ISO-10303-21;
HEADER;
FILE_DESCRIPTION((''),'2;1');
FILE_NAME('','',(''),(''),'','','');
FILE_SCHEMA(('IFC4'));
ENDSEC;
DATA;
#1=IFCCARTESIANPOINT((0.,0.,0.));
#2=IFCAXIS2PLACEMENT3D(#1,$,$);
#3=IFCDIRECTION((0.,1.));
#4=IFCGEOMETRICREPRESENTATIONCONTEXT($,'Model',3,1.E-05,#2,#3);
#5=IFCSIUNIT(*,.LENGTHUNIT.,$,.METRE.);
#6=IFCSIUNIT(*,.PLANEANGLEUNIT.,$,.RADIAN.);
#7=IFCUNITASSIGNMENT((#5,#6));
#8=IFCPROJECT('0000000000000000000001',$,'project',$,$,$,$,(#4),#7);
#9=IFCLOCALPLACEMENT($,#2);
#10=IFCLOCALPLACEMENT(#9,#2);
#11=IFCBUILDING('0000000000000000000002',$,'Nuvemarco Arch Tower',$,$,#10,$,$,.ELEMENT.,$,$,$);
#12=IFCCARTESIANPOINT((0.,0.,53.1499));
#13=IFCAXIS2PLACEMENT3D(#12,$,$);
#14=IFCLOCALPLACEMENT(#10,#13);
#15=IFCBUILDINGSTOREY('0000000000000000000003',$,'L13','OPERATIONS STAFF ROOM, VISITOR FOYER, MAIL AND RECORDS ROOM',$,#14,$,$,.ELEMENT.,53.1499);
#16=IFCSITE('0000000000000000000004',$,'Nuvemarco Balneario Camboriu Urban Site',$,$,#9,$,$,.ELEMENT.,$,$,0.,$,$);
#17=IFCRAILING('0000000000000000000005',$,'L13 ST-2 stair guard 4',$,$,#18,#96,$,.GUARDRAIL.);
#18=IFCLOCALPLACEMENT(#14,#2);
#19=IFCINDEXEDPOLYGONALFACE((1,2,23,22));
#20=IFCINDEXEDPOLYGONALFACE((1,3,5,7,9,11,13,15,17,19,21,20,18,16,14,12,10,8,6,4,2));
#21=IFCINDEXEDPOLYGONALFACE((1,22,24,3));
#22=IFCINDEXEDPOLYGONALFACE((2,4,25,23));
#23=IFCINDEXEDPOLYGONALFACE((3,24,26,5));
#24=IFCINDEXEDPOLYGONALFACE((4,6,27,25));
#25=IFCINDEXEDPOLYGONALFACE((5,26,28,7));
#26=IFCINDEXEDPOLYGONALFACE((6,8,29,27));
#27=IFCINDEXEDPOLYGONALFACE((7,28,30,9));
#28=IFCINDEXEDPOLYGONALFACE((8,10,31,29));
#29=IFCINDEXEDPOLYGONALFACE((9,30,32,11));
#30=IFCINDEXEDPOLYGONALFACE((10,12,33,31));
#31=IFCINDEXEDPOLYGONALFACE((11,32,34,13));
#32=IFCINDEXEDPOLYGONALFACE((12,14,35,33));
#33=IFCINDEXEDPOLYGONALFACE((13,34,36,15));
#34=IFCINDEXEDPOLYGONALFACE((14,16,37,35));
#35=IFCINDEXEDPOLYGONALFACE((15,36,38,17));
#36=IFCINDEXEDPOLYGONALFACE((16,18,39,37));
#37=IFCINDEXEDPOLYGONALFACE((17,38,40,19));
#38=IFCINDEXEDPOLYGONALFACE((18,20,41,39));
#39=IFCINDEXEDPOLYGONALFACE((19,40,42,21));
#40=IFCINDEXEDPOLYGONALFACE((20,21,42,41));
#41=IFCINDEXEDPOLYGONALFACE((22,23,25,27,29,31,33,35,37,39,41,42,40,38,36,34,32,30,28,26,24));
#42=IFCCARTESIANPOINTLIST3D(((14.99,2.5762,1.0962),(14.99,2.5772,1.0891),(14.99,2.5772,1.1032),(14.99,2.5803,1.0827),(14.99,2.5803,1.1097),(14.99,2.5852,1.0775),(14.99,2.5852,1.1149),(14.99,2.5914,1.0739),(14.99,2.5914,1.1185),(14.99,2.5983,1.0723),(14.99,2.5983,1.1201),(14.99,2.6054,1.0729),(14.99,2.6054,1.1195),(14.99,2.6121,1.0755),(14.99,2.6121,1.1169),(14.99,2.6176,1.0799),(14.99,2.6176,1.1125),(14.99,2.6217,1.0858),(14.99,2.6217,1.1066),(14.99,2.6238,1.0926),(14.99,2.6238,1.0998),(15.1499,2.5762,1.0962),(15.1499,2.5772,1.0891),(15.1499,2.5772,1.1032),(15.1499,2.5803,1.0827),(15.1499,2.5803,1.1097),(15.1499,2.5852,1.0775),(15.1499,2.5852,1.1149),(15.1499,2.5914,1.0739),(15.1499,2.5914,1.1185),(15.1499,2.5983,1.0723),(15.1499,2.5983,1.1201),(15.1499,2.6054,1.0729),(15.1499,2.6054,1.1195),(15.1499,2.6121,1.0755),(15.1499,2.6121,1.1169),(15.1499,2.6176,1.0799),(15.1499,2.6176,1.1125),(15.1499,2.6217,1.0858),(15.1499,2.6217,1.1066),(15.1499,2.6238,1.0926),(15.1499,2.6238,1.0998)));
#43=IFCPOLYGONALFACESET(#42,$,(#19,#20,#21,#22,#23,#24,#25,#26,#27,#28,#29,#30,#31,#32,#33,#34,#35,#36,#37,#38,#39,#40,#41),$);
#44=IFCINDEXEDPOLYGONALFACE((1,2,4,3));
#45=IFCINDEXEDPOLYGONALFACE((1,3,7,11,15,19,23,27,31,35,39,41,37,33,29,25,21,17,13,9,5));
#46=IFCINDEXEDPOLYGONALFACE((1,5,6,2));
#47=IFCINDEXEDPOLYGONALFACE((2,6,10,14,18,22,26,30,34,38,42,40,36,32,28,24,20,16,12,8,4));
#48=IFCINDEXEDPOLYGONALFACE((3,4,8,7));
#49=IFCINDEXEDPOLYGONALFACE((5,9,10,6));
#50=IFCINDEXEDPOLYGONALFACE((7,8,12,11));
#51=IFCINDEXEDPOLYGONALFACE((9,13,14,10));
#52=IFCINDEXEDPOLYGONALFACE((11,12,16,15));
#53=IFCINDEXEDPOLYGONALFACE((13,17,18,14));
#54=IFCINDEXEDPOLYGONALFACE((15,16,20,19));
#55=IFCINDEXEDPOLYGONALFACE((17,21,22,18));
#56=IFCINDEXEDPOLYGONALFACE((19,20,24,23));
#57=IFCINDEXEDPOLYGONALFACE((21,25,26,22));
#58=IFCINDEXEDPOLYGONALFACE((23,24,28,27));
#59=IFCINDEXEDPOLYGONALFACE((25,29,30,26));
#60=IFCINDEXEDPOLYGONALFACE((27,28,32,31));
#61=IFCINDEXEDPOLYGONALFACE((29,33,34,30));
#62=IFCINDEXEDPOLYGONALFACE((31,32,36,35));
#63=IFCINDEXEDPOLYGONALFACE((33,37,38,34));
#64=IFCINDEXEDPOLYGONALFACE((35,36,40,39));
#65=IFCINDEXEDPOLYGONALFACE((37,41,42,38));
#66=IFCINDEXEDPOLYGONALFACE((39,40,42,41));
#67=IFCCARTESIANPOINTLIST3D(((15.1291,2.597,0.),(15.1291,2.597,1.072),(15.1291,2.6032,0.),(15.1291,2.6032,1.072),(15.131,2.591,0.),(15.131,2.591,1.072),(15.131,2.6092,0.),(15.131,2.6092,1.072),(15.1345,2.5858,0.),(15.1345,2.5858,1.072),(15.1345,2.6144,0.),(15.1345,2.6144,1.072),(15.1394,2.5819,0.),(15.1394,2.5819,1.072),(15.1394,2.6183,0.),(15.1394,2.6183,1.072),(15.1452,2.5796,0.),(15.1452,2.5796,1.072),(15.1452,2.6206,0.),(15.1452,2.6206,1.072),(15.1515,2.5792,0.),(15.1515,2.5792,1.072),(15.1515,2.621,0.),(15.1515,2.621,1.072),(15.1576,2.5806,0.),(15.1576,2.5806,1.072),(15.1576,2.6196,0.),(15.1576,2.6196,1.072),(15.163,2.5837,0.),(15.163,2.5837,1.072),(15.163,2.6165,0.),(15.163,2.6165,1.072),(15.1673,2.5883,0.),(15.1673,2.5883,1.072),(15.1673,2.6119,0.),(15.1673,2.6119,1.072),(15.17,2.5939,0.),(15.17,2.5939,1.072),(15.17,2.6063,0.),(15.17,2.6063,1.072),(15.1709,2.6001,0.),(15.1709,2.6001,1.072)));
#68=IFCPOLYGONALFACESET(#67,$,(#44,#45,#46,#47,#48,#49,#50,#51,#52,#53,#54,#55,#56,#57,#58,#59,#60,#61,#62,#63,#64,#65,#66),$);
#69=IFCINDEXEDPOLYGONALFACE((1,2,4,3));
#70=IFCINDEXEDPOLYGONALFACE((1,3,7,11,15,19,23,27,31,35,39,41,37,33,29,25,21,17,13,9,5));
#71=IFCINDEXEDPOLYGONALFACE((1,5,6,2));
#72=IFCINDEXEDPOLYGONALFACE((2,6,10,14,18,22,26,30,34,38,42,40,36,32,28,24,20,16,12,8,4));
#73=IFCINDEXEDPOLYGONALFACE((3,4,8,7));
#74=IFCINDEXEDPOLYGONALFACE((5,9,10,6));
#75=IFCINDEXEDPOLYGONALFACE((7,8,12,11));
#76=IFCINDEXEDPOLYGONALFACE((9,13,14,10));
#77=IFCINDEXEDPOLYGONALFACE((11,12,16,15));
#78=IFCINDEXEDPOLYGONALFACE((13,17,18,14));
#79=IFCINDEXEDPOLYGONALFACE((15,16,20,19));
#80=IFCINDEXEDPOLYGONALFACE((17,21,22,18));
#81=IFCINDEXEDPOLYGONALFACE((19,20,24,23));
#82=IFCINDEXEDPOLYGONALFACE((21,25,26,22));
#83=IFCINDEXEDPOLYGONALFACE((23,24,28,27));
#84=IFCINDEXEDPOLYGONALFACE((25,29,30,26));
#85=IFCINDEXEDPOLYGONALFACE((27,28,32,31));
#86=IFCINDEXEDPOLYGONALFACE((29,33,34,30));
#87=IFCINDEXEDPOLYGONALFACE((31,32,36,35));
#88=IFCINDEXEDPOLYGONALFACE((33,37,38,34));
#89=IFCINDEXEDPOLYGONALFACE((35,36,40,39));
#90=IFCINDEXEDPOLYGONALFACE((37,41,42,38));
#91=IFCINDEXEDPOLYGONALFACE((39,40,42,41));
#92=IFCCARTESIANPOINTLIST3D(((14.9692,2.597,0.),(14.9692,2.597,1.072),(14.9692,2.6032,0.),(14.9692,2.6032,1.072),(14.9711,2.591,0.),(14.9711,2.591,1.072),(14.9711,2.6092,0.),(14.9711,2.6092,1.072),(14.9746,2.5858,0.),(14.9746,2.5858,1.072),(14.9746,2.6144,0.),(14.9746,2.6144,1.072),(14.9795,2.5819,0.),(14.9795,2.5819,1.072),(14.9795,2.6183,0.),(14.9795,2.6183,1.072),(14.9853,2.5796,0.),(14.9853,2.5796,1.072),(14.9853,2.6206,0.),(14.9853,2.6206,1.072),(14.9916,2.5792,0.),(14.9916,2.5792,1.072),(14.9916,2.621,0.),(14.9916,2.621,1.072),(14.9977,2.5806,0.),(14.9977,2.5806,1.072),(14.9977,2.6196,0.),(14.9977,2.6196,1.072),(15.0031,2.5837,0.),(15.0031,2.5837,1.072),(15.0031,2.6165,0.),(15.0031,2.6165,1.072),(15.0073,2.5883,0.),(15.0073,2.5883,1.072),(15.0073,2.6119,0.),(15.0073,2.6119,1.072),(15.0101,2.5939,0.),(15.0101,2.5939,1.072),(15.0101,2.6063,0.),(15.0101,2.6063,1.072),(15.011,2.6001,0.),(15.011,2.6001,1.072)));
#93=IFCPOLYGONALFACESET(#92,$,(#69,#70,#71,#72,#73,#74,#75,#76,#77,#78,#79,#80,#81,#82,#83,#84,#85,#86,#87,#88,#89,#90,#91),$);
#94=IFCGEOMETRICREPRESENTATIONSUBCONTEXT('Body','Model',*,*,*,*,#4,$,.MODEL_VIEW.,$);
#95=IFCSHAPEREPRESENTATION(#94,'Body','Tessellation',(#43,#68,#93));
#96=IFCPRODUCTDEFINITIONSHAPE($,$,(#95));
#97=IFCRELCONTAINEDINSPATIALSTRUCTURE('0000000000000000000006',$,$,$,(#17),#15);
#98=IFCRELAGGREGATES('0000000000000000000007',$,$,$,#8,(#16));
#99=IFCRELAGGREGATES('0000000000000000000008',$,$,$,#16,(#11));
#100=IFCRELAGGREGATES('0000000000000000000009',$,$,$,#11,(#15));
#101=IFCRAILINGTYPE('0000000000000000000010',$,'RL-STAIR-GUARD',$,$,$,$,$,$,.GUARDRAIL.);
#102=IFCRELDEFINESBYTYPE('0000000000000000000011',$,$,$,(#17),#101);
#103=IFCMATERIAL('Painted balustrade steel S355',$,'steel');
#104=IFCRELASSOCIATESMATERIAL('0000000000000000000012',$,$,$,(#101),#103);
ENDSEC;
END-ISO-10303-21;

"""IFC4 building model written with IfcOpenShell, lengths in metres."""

from ifc_helpers import new_model, si_unit, direction, frame, origin, origin_2d, place, context, subcontext, project, spatial, circle, extrude, material, type_object, element, save


model = new_model("IFC4")

# Units and contexts
model_context = context("Model", 3, precision=1e-05, world=origin(), true_north=direction((0.0, 1.0)))
body_context = subcontext(model_context, "Body", "Model", "MODEL_VIEW")
ifc_project = project(units=[si_unit("LENGTHUNIT", "METRE"), si_unit("PLANEANGLEUNIT", "RADIAN")], contexts=[model_context])

# Site, building, storey
site_placement = place(None, origin())
site = spatial("IfcSite", under=ifc_project, at=site_placement, Name="Nuvemarco Balneario Camboriu Urban Site", CompositionType="ELEMENT", RefElevation=0.0)
building_placement = place(site_placement, origin())
building = spatial("IfcBuilding", under=site, at=building_placement, Name="Nuvemarco Arch Tower", CompositionType="ELEMENT")
storey_placement = place(building_placement, frame((0.0, 0.0, 53.1499)))
storey = spatial("IfcBuildingStorey", under=building, at=storey_placement, Name="L13", Description="OPERATIONS STAFF ROOM, VISITOR FOYER, MAIL AND RECORDS ROOM", CompositionType="ELEMENT", Elevation=53.1499)

# Railing
ifc_material_1 = material(Name="Painted balustrade steel S355", Category="steel")
railing_type_1 = type_object("IfcRailingType", Name="RL-STAIR-GUARD", PredefinedType="GUARDRAIL", material=ifc_material_1)
railing_1_placement = place(storey_placement, frame((15.1499, 2.6001, 0.0)))
element("IfcRailing", 1, at=railing_1_placement, inside=storey, type_object=railing_type_1, Name="L13 ST-2 stair guard 4", PredefinedType="GUARDRAIL", context=body_context, shape_type="SweptSolid", body=[
    extrude(circle(Radius=0.0239, at=origin_2d()), frame((0.0, 0.0, 1.0962), z_axis=(-1.0, 0.0, 0.0), x_axis=(0.0, -1.0, 0.0)), (0.0, 0.0, 1.0), 0.1599),
    extrude(circle(Radius=0.021, at=origin_2d()), origin(), (0.0, 0.0, 1.0), 1.072),
    extrude(circle(Radius=0.021, at=origin_2d()), frame((-0.1599, 0.0, 0.0)), (0.0, 0.0, 1.0), 1.072),
])

save(model, "model.ifc")
